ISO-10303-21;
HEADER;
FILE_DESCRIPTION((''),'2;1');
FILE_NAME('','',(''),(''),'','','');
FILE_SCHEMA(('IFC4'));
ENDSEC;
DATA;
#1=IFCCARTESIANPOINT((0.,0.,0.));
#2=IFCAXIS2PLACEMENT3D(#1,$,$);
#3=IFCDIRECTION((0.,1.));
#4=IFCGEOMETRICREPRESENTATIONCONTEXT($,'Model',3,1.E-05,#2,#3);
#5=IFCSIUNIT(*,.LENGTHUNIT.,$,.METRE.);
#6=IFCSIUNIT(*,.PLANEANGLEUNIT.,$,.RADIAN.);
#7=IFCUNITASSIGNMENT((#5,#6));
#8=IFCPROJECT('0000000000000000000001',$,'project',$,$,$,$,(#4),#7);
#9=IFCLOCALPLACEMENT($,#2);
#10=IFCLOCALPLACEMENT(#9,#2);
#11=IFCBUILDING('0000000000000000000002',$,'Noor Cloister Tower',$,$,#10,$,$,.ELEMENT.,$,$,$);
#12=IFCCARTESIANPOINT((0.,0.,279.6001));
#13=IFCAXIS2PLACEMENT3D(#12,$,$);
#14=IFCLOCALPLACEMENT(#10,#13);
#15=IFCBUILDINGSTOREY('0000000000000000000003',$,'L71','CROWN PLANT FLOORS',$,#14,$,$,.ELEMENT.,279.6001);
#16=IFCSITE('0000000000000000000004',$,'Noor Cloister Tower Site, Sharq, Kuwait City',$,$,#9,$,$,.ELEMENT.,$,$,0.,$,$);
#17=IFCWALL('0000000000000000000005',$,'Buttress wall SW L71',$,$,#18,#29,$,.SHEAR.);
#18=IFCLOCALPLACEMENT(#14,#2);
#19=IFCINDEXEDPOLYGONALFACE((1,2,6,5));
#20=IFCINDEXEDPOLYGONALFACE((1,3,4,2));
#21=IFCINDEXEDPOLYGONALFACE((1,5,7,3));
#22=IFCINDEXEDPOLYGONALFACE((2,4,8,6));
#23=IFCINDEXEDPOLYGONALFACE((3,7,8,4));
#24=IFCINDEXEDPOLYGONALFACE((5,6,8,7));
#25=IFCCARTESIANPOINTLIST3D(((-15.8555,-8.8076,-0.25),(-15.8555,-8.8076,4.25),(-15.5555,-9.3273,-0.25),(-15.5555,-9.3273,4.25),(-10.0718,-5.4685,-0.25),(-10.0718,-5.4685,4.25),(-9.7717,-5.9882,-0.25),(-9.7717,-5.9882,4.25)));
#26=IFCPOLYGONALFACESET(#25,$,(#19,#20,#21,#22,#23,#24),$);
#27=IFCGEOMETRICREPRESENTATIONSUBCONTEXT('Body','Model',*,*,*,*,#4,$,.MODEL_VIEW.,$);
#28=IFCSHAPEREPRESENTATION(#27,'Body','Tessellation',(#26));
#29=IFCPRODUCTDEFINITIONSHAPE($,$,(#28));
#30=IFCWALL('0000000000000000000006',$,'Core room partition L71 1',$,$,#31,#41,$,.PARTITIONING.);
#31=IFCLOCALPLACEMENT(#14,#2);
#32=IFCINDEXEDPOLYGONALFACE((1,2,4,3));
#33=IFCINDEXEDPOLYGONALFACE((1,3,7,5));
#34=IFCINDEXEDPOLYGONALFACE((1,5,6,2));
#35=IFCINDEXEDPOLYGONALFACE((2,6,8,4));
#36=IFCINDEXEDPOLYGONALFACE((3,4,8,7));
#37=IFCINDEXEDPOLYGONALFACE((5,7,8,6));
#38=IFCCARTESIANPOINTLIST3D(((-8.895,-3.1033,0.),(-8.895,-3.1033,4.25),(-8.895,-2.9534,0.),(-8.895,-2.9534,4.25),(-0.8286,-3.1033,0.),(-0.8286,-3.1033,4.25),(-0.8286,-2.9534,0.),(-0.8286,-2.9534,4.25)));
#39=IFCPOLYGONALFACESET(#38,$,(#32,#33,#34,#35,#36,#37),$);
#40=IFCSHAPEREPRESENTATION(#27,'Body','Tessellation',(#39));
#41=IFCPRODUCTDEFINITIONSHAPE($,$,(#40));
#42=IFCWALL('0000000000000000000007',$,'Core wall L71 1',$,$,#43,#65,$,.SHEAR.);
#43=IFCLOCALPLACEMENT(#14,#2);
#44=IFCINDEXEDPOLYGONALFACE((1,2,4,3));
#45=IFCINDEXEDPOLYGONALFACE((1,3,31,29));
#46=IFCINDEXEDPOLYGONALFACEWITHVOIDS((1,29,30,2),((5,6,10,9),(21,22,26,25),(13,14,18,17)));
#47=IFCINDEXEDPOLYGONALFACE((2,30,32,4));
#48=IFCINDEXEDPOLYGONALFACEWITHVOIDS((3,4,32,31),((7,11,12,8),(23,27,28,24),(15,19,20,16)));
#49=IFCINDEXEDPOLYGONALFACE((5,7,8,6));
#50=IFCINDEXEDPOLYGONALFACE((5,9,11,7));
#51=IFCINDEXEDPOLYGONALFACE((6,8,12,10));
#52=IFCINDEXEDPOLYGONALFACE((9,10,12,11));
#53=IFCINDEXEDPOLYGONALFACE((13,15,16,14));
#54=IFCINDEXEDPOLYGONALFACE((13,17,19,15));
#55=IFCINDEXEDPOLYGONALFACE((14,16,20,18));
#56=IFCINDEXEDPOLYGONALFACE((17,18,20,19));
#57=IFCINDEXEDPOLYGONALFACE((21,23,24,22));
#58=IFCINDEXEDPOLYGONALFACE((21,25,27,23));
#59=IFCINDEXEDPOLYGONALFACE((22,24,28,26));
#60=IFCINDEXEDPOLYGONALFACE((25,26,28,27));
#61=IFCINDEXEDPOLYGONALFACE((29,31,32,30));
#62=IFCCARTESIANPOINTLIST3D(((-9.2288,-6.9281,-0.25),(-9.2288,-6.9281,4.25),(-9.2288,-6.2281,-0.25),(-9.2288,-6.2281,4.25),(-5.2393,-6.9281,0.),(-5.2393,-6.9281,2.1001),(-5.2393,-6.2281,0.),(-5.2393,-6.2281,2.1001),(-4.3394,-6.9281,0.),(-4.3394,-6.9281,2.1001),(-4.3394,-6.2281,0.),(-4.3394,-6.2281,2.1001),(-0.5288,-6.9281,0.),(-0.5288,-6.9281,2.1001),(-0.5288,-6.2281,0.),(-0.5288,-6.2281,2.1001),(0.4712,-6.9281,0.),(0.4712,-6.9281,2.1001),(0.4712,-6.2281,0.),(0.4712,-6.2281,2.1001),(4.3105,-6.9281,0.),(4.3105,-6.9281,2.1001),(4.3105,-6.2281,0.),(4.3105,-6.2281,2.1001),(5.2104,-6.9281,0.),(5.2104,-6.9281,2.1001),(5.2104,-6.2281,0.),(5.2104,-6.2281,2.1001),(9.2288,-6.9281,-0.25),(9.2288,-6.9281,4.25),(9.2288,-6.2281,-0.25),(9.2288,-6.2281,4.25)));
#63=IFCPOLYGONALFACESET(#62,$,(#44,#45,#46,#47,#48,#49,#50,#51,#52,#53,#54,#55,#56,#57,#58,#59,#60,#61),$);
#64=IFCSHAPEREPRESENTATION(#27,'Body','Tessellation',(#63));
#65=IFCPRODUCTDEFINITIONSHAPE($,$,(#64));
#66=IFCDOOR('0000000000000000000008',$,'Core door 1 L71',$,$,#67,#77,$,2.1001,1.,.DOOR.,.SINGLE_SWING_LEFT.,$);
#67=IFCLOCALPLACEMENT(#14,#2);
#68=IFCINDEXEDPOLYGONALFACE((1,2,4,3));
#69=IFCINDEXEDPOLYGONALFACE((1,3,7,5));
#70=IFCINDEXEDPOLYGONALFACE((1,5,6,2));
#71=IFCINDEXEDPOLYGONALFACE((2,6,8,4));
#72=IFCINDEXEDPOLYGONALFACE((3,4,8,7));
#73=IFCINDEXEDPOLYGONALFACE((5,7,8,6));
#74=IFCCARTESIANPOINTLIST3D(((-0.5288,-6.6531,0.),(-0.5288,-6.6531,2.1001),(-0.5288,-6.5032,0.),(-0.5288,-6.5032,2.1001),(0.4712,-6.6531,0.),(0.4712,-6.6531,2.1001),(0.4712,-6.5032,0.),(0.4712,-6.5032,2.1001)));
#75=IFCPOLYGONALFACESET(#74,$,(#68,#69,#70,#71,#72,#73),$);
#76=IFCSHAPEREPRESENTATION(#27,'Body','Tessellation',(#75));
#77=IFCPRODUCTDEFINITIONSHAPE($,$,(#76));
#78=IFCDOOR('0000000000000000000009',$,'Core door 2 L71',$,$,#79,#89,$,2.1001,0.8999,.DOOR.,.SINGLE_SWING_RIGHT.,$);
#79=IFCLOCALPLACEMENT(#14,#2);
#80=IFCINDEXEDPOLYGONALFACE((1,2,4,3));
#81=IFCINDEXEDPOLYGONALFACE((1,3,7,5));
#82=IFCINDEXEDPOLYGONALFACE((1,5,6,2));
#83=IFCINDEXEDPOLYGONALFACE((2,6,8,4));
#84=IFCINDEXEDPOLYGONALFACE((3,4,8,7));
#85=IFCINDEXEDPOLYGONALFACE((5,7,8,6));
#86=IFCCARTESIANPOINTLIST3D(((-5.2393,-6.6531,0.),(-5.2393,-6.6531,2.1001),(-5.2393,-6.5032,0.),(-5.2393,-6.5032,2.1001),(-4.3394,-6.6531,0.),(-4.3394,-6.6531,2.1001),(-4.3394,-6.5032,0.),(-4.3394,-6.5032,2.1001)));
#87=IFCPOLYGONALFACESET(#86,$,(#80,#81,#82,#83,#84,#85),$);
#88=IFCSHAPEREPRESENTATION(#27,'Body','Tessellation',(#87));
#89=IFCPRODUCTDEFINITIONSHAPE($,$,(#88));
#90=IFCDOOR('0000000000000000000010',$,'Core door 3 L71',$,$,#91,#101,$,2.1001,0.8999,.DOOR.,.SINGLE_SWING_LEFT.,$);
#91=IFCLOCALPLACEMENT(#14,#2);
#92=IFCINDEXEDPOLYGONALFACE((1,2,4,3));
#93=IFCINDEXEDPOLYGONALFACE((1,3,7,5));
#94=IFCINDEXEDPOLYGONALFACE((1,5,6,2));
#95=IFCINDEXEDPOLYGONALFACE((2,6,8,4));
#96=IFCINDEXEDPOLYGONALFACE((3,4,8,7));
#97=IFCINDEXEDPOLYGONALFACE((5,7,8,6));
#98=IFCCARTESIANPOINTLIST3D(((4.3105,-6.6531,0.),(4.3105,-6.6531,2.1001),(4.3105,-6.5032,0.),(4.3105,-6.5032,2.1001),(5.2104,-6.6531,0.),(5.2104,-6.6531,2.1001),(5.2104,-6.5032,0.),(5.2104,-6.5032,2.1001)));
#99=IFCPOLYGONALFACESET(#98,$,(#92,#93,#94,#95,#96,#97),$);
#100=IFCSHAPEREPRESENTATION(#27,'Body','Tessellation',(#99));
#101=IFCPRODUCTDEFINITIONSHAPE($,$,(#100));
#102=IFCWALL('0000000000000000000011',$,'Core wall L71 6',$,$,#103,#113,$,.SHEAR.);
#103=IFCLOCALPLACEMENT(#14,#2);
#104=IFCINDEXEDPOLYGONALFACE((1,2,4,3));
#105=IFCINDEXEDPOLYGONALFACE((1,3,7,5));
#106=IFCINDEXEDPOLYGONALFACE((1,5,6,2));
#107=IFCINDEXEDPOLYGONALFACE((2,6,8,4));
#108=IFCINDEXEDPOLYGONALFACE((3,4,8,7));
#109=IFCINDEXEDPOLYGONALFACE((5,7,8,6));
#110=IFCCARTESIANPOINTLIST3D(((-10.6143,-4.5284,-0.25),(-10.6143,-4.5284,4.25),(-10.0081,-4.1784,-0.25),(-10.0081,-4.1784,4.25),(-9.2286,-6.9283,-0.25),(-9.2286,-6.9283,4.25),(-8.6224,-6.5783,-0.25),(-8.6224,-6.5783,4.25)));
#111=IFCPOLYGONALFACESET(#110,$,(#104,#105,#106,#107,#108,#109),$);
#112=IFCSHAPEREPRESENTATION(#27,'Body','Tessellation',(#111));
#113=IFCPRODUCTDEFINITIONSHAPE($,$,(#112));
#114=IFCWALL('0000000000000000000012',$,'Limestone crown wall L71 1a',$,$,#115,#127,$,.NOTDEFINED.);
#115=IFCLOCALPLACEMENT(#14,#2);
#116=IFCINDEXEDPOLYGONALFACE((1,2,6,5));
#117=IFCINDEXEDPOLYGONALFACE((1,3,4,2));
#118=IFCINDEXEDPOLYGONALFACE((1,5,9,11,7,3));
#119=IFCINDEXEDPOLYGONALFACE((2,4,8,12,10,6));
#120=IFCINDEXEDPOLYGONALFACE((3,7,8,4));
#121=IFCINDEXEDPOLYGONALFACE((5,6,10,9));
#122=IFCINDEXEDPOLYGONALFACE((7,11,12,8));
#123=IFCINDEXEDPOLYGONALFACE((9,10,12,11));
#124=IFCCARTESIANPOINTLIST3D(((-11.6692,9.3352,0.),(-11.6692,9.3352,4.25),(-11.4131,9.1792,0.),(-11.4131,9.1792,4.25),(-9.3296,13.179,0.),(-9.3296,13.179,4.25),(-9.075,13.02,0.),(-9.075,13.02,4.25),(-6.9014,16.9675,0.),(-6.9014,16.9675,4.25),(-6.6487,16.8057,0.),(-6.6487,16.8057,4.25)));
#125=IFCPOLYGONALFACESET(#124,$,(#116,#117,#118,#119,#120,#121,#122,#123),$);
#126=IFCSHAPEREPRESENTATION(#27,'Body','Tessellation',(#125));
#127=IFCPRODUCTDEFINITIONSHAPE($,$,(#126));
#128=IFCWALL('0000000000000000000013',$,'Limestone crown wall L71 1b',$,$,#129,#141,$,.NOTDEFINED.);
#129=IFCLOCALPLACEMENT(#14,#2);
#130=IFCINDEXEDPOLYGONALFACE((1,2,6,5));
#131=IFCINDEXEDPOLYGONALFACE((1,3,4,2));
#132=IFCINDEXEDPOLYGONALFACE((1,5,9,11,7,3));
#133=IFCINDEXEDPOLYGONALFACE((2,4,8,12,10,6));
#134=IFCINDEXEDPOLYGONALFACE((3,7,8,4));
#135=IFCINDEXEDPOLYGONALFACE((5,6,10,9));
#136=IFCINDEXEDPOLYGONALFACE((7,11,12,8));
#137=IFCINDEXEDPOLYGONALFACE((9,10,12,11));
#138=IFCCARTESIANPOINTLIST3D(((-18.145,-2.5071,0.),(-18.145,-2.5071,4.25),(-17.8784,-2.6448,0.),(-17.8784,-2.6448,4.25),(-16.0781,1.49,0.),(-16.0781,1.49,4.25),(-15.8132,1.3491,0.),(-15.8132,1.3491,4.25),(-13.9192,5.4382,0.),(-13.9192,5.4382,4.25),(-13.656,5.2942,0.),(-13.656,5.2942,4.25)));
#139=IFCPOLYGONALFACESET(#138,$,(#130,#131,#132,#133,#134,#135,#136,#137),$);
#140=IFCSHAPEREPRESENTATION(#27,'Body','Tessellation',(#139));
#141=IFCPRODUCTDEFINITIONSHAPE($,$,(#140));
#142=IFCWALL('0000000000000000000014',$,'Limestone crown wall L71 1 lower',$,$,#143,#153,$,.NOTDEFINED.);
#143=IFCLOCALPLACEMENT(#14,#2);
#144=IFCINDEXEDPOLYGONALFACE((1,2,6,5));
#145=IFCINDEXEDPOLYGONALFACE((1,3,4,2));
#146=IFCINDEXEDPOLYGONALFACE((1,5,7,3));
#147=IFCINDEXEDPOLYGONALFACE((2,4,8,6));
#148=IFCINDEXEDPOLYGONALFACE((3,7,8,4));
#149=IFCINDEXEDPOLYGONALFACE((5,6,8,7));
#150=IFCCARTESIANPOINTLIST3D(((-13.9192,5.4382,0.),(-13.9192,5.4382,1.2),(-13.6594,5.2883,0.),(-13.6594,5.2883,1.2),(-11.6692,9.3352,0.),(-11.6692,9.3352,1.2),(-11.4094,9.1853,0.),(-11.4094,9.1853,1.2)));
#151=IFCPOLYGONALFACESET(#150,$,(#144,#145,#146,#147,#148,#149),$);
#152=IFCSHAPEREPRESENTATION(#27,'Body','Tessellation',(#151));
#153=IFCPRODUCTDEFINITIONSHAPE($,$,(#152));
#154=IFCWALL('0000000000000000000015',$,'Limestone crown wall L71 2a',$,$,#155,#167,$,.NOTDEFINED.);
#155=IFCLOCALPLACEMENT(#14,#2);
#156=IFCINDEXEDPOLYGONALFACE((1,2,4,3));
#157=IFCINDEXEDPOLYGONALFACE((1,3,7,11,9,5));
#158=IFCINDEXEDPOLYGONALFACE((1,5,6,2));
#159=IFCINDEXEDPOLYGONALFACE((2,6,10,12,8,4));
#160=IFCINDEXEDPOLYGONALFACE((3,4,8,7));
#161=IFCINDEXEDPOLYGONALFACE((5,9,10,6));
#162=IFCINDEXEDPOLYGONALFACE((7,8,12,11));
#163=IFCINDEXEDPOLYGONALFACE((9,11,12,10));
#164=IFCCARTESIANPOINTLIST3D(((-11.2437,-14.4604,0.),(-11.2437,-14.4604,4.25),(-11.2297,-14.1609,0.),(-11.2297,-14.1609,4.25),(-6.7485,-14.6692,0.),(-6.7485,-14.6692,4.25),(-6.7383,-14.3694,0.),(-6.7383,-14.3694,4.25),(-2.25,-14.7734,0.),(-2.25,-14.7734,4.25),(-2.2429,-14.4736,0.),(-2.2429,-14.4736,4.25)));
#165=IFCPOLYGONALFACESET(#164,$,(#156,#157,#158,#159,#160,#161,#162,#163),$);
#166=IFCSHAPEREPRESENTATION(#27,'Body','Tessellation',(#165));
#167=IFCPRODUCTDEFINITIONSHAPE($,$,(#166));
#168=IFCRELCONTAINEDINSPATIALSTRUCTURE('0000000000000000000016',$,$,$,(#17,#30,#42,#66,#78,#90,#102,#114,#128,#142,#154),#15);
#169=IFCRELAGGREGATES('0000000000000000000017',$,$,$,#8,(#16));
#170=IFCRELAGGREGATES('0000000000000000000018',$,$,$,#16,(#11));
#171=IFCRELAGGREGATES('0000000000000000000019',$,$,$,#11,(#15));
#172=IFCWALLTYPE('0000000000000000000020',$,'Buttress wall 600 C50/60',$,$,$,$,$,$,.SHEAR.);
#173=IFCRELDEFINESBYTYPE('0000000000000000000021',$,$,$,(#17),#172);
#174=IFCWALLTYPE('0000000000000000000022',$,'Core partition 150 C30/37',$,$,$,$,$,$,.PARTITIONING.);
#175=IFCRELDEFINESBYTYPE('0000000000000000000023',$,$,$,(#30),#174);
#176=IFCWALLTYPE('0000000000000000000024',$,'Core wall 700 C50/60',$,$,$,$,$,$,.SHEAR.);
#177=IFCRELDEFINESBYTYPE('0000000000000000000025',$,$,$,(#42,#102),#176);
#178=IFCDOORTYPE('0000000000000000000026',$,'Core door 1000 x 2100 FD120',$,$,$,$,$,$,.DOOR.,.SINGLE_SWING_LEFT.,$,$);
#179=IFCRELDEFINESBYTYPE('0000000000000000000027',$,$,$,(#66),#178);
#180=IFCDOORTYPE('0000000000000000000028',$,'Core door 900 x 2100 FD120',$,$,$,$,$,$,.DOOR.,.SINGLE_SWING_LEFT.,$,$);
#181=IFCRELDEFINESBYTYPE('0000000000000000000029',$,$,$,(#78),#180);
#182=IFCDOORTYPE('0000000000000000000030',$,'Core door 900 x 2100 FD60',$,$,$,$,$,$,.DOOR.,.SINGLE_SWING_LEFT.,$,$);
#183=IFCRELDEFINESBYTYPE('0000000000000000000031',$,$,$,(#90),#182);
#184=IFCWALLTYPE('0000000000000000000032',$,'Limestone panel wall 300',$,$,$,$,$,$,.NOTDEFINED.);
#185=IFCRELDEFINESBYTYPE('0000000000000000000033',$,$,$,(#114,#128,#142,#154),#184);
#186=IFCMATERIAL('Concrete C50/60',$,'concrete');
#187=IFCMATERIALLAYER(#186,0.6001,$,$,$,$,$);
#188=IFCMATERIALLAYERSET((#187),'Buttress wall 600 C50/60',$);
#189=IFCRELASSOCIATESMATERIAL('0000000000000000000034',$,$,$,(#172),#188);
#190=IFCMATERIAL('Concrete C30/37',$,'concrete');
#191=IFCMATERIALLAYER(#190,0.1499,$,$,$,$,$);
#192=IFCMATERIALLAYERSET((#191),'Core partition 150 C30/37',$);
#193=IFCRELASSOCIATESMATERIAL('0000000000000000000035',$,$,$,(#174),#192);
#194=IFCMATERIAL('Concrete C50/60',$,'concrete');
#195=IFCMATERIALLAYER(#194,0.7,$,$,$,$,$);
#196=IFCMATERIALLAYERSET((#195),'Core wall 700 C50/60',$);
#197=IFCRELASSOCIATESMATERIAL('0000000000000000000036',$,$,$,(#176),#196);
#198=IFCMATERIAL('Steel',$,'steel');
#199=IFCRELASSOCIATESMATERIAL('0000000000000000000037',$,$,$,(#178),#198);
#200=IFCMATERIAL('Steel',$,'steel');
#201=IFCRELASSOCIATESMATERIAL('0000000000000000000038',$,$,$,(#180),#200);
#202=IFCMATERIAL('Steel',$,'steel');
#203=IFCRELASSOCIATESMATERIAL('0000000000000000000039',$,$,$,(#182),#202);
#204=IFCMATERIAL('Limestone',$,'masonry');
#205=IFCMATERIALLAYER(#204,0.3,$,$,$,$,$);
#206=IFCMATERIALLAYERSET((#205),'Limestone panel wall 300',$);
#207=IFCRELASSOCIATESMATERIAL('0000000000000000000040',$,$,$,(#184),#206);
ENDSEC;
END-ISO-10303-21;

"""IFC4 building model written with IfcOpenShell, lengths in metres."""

from ifc_helpers import new_model, si_unit, direction, frame, frame_2d, origin, place, context, subcontext, project, spatial, polyline, rectangle, outline, extrude, material, layer, layer_set, type_object, element, fill, save


model = new_model("IFC4")

# Units and contexts
model_context = context("Model", 3, precision=1e-05, world=origin(), true_north=direction((0.0, 1.0)))
body_context = subcontext(model_context, "Body", "Model", "MODEL_VIEW")
ifc_project = project(units=[si_unit("LENGTHUNIT", "METRE"), si_unit("PLANEANGLEUNIT", "RADIAN")], contexts=[model_context])

# Site, building, storey
site_placement = place(None, origin())
site = spatial("IfcSite", under=ifc_project, at=site_placement, Name="Noor Cloister Tower Site, Sharq, Kuwait City", CompositionType="ELEMENT", RefElevation=0.0)
building_placement = place(site_placement, origin())
building = spatial("IfcBuilding", under=site, at=building_placement, Name="Noor Cloister Tower", CompositionType="ELEMENT")
storey_placement = place(building_placement, frame((0.0, 0.0, 279.6001)))
storey = spatial("IfcBuildingStorey", under=building, at=storey_placement, Name="L71", Description="CROWN PLANT FLOORS", CompositionType="ELEMENT", Elevation=279.6001)

# Walls
ifc_material_1 = material(Name="Concrete C50/60", Category="concrete")
ifc_layer_1 = layer(ifc_material_1, 0.6001)
ifc_layer_set_1 = layer_set([ifc_layer_1], Name="Buttress wall 600 C50/60")
wall_type_1 = type_object("IfcWallType", Name="Buttress wall 600 C50/60", PredefinedType="SHEAR", material=ifc_layer_set_1)
wall_1_placement = place(storey_placement, frame((-9.9216, -5.7283, -0.25), z_axis=(0.0, 0.0, 1.0), x_axis=(-0.866032, -0.499988, 0.0)))
element("IfcWall", 1, at=wall_1_placement, inside=storey, type_object=wall_type_1, Name="Buttress wall SW L71", PredefinedType="SHEAR", context=body_context, shape_type="SweptSolid", body=[
    extrude(rectangle(XDim=6.6785, YDim=0.6001, at=frame_2d((3.3394, 0.0))), origin(), (0.0, 0.0, 1.0), 4.5),
])
ifc_material_2 = material(Name="Concrete C30/37", Category="concrete")
ifc_layer_2 = layer(ifc_material_2, 0.1499)
ifc_layer_set_2 = layer_set([ifc_layer_2], Name="Core partition 150 C30/37")
wall_type_2 = type_object("IfcWallType", Name="Core partition 150 C30/37", PredefinedType="PARTITIONING", material=ifc_layer_set_2)
wall_2_placement = place(storey_placement, frame((-8.895, -3.0283, 0.0), z_axis=(0.0, 0.0, 1.0), x_axis=(1.0, 0.0, 0.0)))
element("IfcWall", 2, at=wall_2_placement, inside=storey, type_object=wall_type_2, Name="Core room partition L71 1", PredefinedType="PARTITIONING", context=body_context, shape_type="SweptSolid", body=[
    extrude(rectangle(XDim=8.0664, YDim=0.1499, at=frame_2d((4.0332, 0.0))), origin(), (0.0, 0.0, 1.0), 4.25),
])

# Wall, openings, doors
ifc_material_3 = material(Name="Concrete C50/60", Category="concrete")
ifc_layer_3 = layer(ifc_material_3, 0.7)
ifc_layer_set_3 = layer_set([ifc_layer_3], Name="Core wall 700 C50/60")
wall_type_3 = type_object("IfcWallType", Name="Core wall 700 C50/60", PredefinedType="SHEAR", material=ifc_layer_set_3)
wall_3_placement = place(storey_placement, frame((-9.2288, -6.5781, -0.25), z_axis=(0.0, 0.0, 1.0), x_axis=(1.0, 0.0, 0.0)))
wall_3 = element("IfcWall", 3, at=wall_3_placement, inside=storey, type_object=wall_type_3, Name="Core wall L71 1", PredefinedType="SHEAR", context=body_context, shape_type="SweptSolid", body=[
    extrude(rectangle(XDim=18.4575, YDim=0.7, at=frame_2d((9.2288, 0.0))), origin(), (0.0, 0.0, 1.0), 4.5),
])
opening_1_placement = place(wall_3_placement, frame((8.7, 0.0, 0.25)))
opening_1 = element("IfcOpeningElement", 4, at=opening_1_placement, cuts=wall_3, PredefinedType="OPENING", context=body_context, shape_type="SweptSolid", body=[
    extrude(rectangle(XDim=1.0, YDim=2.1001, at=frame_2d((0.5, 1.05))), frame((0.0, 0.3599, 0.0), z_axis=(0.0, -1.0, 0.0), x_axis=(1.0, 0.0, 0.0)), (0.0, 0.0, 1.0), 0.72),
])
opening_2_placement = place(wall_3_placement, frame((3.9895, 0.0, 0.25)))
opening_2 = element("IfcOpeningElement", 5, at=opening_2_placement, cuts=wall_3, PredefinedType="OPENING", context=body_context, shape_type="SweptSolid", body=[
    extrude(rectangle(XDim=0.8999, YDim=2.1001, at=frame_2d((0.45, 1.05))), frame((0.0, 0.3599, 0.0), z_axis=(0.0, -1.0, 0.0), x_axis=(1.0, 0.0, 0.0)), (0.0, 0.0, 1.0), 0.72),
])
opening_3_placement = place(wall_3_placement, frame((13.5393, 0.0, 0.25)))
opening_3 = element("IfcOpeningElement", 6, at=opening_3_placement, cuts=wall_3, PredefinedType="OPENING", context=body_context, shape_type="SweptSolid", body=[
    extrude(rectangle(XDim=0.8999, YDim=2.1001, at=frame_2d((0.45, 1.05))), frame((0.0, 0.3599, 0.0), z_axis=(0.0, -1.0, 0.0), x_axis=(1.0, 0.0, 0.0)), (0.0, 0.0, 1.0), 0.72),
])
ifc_material_4 = material(Name="Steel", Category="steel")
door_type_1 = type_object("IfcDoorType", Name="Core door 1000 x 2100 FD120", OperationType="SINGLE_SWING_LEFT", PredefinedType="DOOR", material=ifc_material_4)
door_1_placement = place(opening_1_placement, origin())
door_1 = element("IfcDoor", 7, at=door_1_placement, inside=storey, type_object=door_type_1, Name="Core door 1 L71", OperationType="SINGLE_SWING_LEFT", OverallHeight=2.1001, OverallWidth=1.0, PredefinedType="DOOR", context=body_context, shape_type="SweptSolid", body=[
    extrude(rectangle(XDim=1.0, YDim=2.1001, at=frame_2d((0.5, 1.05))), frame((0.0, 0.075, 0.0), z_axis=(0.0, -1.0, 0.0), x_axis=(1.0, 0.0, 0.0)), (0.0, 0.0, 1.0), 0.1499),
])
fill(opening_1, door_1)
ifc_material_5 = material(Name="Steel", Category="steel")
door_type_2 = type_object("IfcDoorType", Name="Core door 900 x 2100 FD120", OperationType="SINGLE_SWING_LEFT", PredefinedType="DOOR", material=ifc_material_5)
door_2_placement = place(opening_2_placement, origin())
door_2 = element("IfcDoor", 8, at=door_2_placement, inside=storey, type_object=door_type_2, Name="Core door 2 L71", OperationType="SINGLE_SWING_RIGHT", OverallHeight=2.1001, OverallWidth=0.8999, PredefinedType="DOOR", context=body_context, shape_type="SweptSolid", body=[
    extrude(rectangle(XDim=0.8999, YDim=2.1001, at=frame_2d((0.45, 1.05))), frame((0.0, 0.075, 0.0), z_axis=(0.0, -1.0, 0.0), x_axis=(1.0, 0.0, 0.0)), (0.0, 0.0, 1.0), 0.1499),
])
fill(opening_2, door_2)
ifc_material_6 = material(Name="Steel", Category="steel")
door_type_3 = type_object("IfcDoorType", Name="Core door 900 x 2100 FD60", OperationType="SINGLE_SWING_LEFT", PredefinedType="DOOR", material=ifc_material_6)
door_3_placement = place(opening_3_placement, origin())
door_3 = element("IfcDoor", 9, at=door_3_placement, inside=storey, type_object=door_type_3, Name="Core door 3 L71", OperationType="SINGLE_SWING_LEFT", OverallHeight=2.1001, OverallWidth=0.8999, PredefinedType="DOOR", context=body_context, shape_type="SweptSolid", body=[
    extrude(rectangle(XDim=0.8999, YDim=2.1001, at=frame_2d((0.45, 1.05))), frame((0.0, 0.075, 0.0), z_axis=(0.0, -1.0, 0.0), x_axis=(1.0, 0.0, 0.0)), (0.0, 0.0, 1.0), 0.1499),
])
fill(opening_3, door_3)

# Walls
wall_4_placement = place(storey_placement, frame((-10.3113, -4.3533, -0.25), z_axis=(0.0, 0.0, 1.0), x_axis=(0.500043, -0.866001, 0.0)))
element("IfcWall", 10, at=wall_4_placement, inside=storey, type_object=wall_type_3, Name="Core wall L71 6", PredefinedType="SHEAR", context=body_context, shape_type="SweptSolid", body=[
    extrude(rectangle(XDim=2.7712, YDim=0.7, at=frame_2d((1.3857, 0.0))), origin(), (0.0, 0.0, 1.0), 4.5),
])
ifc_material_7 = material(Name="Limestone", Category="masonry")
ifc_layer_4 = layer(ifc_material_7, 0.3)
ifc_layer_set_4 = layer_set([ifc_layer_4], Name="Limestone panel wall 300")
wall_type_4 = type_object("IfcWallType", Name="Limestone panel wall 300", PredefinedType="NOTDEFINED", material=ifc_layer_set_4)
wall_5_placement = place(storey_placement, origin())
element("IfcWall", 11, at=wall_5_placement, inside=storey, type_object=wall_type_4, Name="Limestone crown wall L71 1a", PredefinedType="NOTDEFINED", context=body_context, shape_type="SweptSolid", body=[
    extrude(outline(polyline([(-6.9014, 16.9675), (-9.3296, 13.179), (-11.6692, 9.3352), (-11.4131, 9.1792), (-9.075, 13.02), (-6.6487, 16.8057), (-6.9014, 16.9675)])), origin(), (0.0, 0.0, 1.0), 4.25),
])
wall_6_placement = place(storey_placement, origin())
element("IfcWall", 12, at=wall_6_placement, inside=storey, type_object=wall_type_4, Name="Limestone crown wall L71 1b", PredefinedType="NOTDEFINED", context=body_context, shape_type="SweptSolid", body=[
    extrude(outline(polyline([(-13.9192, 5.4382), (-16.0781, 1.49), (-18.145, -2.5071), (-17.8784, -2.6448), (-15.8132, 1.3491), (-13.656, 5.2942), (-13.9192, 5.4382)])), origin(), (0.0, 0.0, 1.0), 4.25),
])
wall_7_placement = place(storey_placement, origin())
element("IfcWall", 13, at=wall_7_placement, inside=storey, type_object=wall_type_4, Name="Limestone crown wall L71 1 lower", PredefinedType="NOTDEFINED", context=body_context, shape_type="SweptSolid", body=[
    extrude(outline(polyline([(-11.6692, 9.3352), (-13.9192, 5.4382), (-13.6594, 5.2883), (-11.4094, 9.1853), (-11.6692, 9.3352)])), origin(), (0.0, 0.0, 1.0), 1.2),
])
wall_8_placement = place(storey_placement, origin())
element("IfcWall", 14, at=wall_8_placement, inside=storey, type_object=wall_type_4, Name="Limestone crown wall L71 2a", PredefinedType="NOTDEFINED", context=body_context, shape_type="SweptSolid", body=[
    extrude(outline(polyline([(-11.2437, -14.4604), (-6.7485, -14.6692), (-2.25, -14.7734), (-2.2429, -14.4736), (-6.7383, -14.3694), (-11.2297, -14.1609), (-11.2437, -14.4604)])), origin(), (0.0, 0.0, 1.0), 4.25),
])

save(model, "model.ifc")
